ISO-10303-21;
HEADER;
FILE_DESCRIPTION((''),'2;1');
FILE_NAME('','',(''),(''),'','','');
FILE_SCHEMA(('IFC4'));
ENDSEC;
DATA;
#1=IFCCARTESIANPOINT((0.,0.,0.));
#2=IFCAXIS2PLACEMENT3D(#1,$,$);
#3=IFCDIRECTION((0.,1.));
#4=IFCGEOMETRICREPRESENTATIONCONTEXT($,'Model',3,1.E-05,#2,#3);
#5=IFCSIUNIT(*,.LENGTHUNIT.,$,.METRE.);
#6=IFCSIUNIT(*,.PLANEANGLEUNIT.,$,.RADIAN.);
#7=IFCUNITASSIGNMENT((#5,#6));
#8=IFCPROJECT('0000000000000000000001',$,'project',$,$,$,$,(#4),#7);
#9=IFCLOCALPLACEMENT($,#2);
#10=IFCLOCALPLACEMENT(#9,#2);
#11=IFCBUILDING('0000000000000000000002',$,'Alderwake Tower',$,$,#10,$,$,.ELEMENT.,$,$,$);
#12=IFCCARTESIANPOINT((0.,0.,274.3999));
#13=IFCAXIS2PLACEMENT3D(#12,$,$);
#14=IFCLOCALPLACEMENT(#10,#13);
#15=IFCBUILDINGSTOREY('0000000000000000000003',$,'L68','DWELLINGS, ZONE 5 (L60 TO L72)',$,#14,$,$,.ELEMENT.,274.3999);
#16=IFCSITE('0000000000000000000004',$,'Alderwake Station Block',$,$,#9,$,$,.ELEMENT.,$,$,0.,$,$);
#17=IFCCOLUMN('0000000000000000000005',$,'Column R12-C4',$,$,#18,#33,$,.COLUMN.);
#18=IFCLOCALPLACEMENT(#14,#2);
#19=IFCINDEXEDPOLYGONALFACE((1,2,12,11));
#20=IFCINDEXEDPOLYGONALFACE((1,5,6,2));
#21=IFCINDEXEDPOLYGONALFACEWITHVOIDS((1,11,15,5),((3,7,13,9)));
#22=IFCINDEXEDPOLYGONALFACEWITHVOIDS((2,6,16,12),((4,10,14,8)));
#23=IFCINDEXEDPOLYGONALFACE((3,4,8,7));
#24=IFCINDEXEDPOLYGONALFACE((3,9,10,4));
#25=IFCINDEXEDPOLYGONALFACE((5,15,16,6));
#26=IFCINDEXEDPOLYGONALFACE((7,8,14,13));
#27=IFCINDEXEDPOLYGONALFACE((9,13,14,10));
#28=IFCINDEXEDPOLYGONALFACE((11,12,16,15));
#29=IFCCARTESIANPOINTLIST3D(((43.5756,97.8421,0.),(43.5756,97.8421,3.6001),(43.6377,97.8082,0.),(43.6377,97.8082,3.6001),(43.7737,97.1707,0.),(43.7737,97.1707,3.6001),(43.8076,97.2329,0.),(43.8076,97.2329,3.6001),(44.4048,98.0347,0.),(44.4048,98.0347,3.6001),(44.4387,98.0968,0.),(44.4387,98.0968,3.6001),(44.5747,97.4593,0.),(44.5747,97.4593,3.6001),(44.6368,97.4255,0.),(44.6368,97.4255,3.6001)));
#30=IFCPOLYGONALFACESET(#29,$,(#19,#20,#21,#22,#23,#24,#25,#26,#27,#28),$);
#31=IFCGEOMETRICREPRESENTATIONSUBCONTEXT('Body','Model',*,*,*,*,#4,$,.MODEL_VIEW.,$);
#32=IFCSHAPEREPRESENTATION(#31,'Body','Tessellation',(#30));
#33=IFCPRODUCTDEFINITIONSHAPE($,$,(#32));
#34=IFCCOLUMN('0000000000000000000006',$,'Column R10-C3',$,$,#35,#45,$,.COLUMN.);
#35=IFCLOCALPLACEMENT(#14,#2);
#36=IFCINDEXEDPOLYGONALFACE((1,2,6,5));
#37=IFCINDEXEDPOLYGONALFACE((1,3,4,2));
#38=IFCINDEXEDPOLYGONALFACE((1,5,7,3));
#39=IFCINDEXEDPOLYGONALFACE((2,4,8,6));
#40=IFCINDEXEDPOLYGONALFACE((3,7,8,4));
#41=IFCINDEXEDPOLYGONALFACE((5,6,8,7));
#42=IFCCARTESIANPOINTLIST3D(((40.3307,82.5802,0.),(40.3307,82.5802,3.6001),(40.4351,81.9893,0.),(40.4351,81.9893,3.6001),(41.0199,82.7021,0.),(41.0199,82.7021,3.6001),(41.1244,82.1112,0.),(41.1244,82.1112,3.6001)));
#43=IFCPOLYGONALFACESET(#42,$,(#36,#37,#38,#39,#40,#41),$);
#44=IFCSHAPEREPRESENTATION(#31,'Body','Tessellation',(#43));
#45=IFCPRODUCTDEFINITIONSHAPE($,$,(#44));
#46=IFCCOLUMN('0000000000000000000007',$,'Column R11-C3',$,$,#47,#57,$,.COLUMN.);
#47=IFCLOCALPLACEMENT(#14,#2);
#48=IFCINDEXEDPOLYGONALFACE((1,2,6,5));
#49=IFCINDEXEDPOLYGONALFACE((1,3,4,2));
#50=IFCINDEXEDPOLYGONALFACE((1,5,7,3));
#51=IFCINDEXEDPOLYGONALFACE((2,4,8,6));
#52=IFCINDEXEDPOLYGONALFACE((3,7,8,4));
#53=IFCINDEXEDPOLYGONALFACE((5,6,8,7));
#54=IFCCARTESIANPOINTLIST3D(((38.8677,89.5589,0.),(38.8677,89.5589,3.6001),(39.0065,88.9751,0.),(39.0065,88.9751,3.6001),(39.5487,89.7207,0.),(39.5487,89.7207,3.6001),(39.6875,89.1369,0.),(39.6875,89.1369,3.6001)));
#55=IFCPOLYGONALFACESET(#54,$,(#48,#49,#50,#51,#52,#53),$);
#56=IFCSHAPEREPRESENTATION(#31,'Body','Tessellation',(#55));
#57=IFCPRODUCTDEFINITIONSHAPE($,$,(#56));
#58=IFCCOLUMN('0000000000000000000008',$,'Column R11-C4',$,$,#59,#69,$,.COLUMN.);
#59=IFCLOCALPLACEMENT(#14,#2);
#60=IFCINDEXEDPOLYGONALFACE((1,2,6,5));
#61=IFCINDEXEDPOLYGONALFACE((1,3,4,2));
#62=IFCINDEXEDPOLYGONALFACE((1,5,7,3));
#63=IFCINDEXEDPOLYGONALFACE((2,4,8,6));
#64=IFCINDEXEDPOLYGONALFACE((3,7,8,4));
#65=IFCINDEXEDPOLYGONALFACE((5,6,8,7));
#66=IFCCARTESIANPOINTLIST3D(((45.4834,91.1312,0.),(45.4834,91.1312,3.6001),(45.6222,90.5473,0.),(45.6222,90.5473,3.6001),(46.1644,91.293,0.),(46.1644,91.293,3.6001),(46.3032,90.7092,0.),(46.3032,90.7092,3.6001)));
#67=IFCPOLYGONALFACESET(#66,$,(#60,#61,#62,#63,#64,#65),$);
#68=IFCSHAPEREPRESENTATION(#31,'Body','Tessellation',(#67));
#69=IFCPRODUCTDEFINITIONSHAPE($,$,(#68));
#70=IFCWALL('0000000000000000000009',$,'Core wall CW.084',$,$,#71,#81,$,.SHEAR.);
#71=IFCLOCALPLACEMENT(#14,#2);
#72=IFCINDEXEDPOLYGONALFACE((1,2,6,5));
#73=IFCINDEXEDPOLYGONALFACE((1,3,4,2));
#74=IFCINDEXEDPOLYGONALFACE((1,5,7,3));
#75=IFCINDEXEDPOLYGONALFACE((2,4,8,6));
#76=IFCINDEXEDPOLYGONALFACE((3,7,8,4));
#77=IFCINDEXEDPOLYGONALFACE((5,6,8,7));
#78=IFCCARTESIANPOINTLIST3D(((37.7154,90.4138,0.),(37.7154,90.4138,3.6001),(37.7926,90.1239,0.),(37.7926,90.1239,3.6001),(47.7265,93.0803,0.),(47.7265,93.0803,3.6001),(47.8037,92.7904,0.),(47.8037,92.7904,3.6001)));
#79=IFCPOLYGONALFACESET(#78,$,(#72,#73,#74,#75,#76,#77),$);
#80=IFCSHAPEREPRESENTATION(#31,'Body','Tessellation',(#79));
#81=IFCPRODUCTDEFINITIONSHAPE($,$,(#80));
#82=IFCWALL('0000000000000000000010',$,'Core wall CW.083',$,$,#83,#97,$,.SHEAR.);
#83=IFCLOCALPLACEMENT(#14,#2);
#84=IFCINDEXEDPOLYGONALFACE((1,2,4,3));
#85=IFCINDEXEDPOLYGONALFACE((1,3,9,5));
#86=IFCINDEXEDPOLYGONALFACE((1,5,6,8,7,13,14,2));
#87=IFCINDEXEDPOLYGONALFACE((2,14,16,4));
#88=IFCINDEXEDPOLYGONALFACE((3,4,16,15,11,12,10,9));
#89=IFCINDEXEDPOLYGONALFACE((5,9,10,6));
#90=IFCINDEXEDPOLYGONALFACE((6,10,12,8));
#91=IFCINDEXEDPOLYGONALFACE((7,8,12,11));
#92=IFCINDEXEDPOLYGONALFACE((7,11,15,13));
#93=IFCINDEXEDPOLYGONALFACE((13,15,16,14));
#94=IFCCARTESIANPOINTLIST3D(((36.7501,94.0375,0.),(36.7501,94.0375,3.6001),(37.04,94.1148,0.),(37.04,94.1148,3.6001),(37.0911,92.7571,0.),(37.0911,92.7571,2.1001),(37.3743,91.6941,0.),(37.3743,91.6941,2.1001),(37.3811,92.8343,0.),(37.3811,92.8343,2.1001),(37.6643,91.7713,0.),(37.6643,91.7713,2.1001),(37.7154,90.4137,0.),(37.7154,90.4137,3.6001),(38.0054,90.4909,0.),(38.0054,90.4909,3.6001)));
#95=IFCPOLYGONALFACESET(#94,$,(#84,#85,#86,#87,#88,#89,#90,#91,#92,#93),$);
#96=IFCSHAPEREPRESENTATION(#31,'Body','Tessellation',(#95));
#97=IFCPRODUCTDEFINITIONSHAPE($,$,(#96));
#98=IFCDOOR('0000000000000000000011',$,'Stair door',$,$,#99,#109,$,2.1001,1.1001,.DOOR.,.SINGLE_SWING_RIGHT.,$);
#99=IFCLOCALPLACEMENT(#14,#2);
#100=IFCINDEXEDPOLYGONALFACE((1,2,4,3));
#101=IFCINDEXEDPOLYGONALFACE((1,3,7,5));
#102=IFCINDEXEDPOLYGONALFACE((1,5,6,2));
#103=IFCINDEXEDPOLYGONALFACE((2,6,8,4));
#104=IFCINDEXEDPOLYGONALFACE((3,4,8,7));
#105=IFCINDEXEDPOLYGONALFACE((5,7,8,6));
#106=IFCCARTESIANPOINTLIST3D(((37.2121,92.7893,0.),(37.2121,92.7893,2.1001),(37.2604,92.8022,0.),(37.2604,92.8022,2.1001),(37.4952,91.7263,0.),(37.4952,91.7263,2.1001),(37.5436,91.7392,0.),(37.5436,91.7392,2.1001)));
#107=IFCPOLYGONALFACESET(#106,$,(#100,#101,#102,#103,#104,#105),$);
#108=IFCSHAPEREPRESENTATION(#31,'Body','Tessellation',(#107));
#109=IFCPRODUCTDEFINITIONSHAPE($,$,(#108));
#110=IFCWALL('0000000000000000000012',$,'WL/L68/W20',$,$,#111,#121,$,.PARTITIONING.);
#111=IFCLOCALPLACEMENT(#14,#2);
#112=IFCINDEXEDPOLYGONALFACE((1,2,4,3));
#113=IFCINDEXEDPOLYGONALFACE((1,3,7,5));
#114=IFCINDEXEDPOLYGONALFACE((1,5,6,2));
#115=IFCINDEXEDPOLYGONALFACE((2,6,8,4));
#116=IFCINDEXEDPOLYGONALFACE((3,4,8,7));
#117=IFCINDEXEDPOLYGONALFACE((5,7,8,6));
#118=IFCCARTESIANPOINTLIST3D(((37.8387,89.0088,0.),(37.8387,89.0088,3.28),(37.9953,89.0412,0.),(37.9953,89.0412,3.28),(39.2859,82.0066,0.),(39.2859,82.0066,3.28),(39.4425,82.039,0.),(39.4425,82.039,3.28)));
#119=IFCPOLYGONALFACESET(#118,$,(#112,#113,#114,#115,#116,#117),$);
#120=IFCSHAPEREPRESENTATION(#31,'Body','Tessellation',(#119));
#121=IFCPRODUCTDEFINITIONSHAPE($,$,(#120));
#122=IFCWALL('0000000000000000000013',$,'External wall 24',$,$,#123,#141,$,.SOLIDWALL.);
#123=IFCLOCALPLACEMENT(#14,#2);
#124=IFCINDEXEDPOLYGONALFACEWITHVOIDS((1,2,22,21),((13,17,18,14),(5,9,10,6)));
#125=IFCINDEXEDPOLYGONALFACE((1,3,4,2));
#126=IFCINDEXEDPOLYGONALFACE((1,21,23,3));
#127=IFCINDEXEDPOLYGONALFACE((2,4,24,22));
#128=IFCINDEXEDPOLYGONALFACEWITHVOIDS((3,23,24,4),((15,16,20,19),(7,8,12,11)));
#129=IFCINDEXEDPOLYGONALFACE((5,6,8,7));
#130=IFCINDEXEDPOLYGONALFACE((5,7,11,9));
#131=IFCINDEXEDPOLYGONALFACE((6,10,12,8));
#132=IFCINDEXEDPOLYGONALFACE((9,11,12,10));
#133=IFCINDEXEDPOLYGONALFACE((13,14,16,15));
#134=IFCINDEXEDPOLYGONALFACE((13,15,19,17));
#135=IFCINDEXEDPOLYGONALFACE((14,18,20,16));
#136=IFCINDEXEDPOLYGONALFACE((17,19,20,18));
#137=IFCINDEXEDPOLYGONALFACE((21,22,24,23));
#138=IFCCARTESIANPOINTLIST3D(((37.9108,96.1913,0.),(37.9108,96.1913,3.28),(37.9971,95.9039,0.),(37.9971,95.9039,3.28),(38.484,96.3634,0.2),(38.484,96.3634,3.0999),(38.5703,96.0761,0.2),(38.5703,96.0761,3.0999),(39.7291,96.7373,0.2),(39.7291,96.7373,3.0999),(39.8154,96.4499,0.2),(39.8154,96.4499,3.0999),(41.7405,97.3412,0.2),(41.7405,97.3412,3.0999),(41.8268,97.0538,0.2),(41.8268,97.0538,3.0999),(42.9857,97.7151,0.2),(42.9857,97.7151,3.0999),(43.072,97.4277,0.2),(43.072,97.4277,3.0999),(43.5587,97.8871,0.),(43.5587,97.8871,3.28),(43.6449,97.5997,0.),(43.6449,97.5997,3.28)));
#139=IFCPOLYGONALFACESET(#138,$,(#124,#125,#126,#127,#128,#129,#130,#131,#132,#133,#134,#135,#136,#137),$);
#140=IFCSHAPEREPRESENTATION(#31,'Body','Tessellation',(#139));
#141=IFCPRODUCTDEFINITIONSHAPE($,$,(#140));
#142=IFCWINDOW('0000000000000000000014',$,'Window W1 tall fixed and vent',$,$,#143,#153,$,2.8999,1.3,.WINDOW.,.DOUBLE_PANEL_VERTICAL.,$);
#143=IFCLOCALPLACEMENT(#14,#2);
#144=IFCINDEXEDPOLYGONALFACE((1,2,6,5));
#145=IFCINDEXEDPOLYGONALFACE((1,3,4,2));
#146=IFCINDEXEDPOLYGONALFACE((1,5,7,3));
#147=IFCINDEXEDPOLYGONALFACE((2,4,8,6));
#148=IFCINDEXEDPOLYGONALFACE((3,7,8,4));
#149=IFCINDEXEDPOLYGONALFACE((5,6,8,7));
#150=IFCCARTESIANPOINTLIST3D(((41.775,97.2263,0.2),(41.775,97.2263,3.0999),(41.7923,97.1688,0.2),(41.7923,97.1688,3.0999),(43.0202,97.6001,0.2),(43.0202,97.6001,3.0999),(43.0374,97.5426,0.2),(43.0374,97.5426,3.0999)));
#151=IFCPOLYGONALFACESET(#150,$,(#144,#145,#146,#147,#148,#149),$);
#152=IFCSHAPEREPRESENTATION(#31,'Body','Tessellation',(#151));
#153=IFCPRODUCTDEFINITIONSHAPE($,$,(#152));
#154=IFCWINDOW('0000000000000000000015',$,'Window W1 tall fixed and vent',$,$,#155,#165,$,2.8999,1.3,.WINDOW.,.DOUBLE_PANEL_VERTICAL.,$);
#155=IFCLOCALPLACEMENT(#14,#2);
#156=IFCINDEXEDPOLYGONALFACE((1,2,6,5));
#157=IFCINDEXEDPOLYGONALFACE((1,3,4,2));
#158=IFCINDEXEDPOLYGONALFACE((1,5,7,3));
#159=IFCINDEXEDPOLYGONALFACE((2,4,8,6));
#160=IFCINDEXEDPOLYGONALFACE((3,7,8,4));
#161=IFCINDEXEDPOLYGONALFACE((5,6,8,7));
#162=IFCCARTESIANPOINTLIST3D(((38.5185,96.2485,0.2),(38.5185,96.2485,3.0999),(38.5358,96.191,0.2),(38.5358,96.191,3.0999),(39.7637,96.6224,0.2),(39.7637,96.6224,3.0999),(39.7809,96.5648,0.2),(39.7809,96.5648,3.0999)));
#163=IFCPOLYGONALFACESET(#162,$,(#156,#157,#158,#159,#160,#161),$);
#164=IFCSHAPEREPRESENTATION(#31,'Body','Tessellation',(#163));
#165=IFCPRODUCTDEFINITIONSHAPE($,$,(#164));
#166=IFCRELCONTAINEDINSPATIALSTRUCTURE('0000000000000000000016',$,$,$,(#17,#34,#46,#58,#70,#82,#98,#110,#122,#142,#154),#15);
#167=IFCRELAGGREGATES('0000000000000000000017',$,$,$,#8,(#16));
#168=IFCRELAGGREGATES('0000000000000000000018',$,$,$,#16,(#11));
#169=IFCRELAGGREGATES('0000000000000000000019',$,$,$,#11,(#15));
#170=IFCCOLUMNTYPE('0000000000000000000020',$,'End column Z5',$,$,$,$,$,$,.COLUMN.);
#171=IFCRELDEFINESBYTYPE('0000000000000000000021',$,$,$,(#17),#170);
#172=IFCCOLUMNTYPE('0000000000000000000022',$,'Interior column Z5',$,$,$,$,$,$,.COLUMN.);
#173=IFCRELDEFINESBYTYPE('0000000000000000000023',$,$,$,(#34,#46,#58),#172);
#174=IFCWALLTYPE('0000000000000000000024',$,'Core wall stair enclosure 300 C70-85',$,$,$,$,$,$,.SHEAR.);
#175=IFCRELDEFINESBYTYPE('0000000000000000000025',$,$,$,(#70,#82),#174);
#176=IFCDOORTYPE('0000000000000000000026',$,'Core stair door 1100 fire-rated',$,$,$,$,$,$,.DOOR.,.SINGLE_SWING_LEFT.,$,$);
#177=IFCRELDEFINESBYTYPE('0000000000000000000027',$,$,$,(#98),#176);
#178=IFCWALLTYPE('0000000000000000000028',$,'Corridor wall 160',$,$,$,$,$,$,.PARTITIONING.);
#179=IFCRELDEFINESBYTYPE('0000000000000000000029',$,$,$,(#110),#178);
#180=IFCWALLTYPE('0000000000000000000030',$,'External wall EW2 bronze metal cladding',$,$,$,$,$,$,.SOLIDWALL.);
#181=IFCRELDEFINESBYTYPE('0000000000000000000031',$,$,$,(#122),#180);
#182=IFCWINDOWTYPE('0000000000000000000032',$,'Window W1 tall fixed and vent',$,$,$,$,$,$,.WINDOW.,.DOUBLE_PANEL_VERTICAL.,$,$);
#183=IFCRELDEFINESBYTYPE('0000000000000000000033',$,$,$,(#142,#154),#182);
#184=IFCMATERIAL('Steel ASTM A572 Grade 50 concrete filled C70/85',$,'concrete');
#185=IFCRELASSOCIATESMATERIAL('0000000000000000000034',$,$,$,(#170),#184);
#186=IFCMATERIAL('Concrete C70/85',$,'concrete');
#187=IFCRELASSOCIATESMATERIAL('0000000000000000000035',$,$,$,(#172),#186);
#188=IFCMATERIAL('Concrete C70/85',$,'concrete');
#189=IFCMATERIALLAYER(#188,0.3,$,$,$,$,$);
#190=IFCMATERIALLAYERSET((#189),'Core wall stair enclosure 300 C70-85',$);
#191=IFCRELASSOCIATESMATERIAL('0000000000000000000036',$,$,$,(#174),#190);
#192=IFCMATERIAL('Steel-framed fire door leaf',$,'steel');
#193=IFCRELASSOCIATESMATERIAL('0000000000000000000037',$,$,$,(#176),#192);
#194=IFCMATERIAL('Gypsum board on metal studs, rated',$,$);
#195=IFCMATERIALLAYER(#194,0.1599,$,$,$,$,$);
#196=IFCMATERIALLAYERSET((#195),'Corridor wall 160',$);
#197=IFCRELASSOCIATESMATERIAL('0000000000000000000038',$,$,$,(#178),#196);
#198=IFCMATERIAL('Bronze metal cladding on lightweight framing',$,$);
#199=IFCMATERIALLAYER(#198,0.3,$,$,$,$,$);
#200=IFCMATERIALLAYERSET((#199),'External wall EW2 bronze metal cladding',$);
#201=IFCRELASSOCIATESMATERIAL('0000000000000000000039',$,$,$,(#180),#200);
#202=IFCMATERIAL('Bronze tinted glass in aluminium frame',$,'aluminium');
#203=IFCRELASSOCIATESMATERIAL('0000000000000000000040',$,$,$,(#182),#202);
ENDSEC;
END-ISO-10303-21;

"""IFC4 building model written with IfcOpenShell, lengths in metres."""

from ifc_helpers import new_model, si_unit, direction, frame, frame_2d, origin, origin_2d, place, context, subcontext, project, spatial, rectangle, hollow_rectangle, extrude, material, layer, layer_set, material_profile, profile_set, type_object, element, fill, save


model = new_model("IFC4")

# Units and contexts
model_context = context("Model", 3, precision=1e-05, world=origin(), true_north=direction((0.0, 1.0)))
body_context = subcontext(model_context, "Body", "Model", "MODEL_VIEW")
ifc_project = project(units=[si_unit("LENGTHUNIT", "METRE"), si_unit("PLANEANGLEUNIT", "RADIAN")], contexts=[model_context])

# Site, building, storey
site_placement = place(None, origin())
site = spatial("IfcSite", under=ifc_project, at=site_placement, Name="Alderwake Station Block", CompositionType="ELEMENT", RefElevation=0.0)
building_placement = place(site_placement, origin())
building = spatial("IfcBuilding", under=site, at=building_placement, Name="Alderwake Tower", CompositionType="ELEMENT")
storey_placement = place(building_placement, frame((0.0, 0.0, 274.3999)))
storey = spatial("IfcBuildingStorey", under=building, at=storey_placement, Name="L68", Description="DWELLINGS, ZONE 5 (L60 TO L72)", CompositionType="ELEMENT", Elevation=274.3999)

# Columns
ifc_material_1 = material(Name="Steel ASTM A572 Grade 50 concrete filled C70/85", Category="concrete")
ifc_material_profile_1 = material_profile(ifc_material_1, hollow_rectangle(XDim=0.7, YDim=0.8999, WallThickness=0.05, at=origin_2d()), Name="BOX 900X700X50")
ifc_profile_set_1 = profile_set([ifc_material_profile_1], Name="Steel ASTM A572 Grade 50 concrete filled C70/85")
column_type_1 = type_object("IfcColumnType", Name="End column Z5", PredefinedType="COLUMN", material=ifc_profile_set_1)
column_placement = place(storey_placement, frame((44.1062, 97.6338, 0.0), z_axis=(0.0, 0.0, 1.0), x_axis=(-0.283105, 0.959089, 0.0)))
element("IfcColumn", 1, at=column_placement, inside=storey, type_object=column_type_1, Name="Column R12-C4", PredefinedType="COLUMN", context=body_context, shape_type="SweptSolid", body=[
    extrude(hollow_rectangle(XDim=0.7, YDim=0.8999, WallThickness=0.05, at=origin_2d()), origin(), (0.0, 0.0, 1.0), 3.6001),
])
ifc_material_2 = material(Name="Concrete C70/85", Category="concrete")
ifc_material_profile_2 = material_profile(ifc_material_2, rectangle(XDim=0.6001, YDim=0.7, at=origin_2d()), Name="RC 700X600")
ifc_profile_set_2 = profile_set([ifc_material_profile_2], Name="Concrete C70/85")
column_type_2 = type_object("IfcColumnType", Name="Interior column Z5", PredefinedType="COLUMN", material=ifc_profile_set_2)
for number, where, z_axis, x_axis, name in (
    (2, (40.7275, 82.3457, 0.0), (0.0, 0.0, 1.0), (-0.174109, 0.984726, 0.0), "Column R10-C3"),
    (3, (39.2776, 89.3479, 0.0), (0.0, 0.0, 1.0), (-0.231222, 0.972901, 0.0), "Column R11-C3"),
    (4, (45.8933, 90.9202, 0.0), (0.0, 0.0, 1.0), (-0.231222, 0.972901, 0.0), "Column R11-C4"),
):
    element("IfcColumn", number, at=place(storey_placement, frame(where, z_axis=z_axis, x_axis=x_axis)), inside=storey, type_object=column_type_2, Name=name, PredefinedType="COLUMN", context=body_context, shape_type="SweptSolid", body=[
        extrude(rectangle(XDim=0.6001, YDim=0.7, at=origin_2d()), origin(), (0.0, 0.0, 1.0), 3.6001),
    ])

# Wall
ifc_material_3 = material(Name="Concrete C70/85", Category="concrete")
ifc_layer_1 = layer(ifc_material_3, 0.3)
ifc_layer_set_1 = layer_set([ifc_layer_1], Name="Core wall stair enclosure 300 C70-85")
wall_type_1 = type_object("IfcWallType", Name="Core wall stair enclosure 300 C70-85", PredefinedType="SHEAR", material=ifc_layer_set_1)
wall_1_placement = place(storey_placement, frame((37.7539, 90.2688, 0.0), z_axis=(0.0, 0.0, 1.0), x_axis=(0.966309, 0.257384, 0.0)))
element("IfcWall", 5, at=wall_1_placement, inside=storey, type_object=wall_type_1, Name="Core wall CW.084", PredefinedType="SHEAR", context=body_context, shape_type="SweptSolid", body=[
    extrude(rectangle(XDim=10.3601, YDim=0.3, at=frame_2d((5.1802, 0.0))), origin(), (0.0, 0.0, 1.0), 3.6001),
])

# Wall, opening, door
wall_2_placement = place(storey_placement, frame((37.8604, 90.4524, 0.0), z_axis=(0.0, 0.0, 1.0), x_axis=(-0.257411, 0.966302, 0.0)))
wall_2 = element("IfcWall", 6, at=wall_2_placement, inside=storey, type_object=wall_type_1, Name="Core wall CW.083", PredefinedType="SHEAR", context=body_context, shape_type="SweptSolid", body=[
    extrude(rectangle(XDim=3.7502, YDim=0.3, at=frame_2d((1.875, 0.0))), origin(), (0.0, 0.0, 1.0), 3.6001),
])
opening_1_placement = place(wall_2_placement, frame((1.325, 0.0, 0.0)))
opening_1 = element("IfcOpeningElement", 7, at=opening_1_placement, cuts=wall_2, PredefinedType="OPENING", context=body_context, shape_type="SweptSolid", body=[
    extrude(rectangle(XDim=1.1001, YDim=2.1001, at=frame_2d((0.55, 1.05))), frame((0.0, 0.1599, 0.0), z_axis=(0.0, -1.0, 0.0), x_axis=(1.0, 0.0, 0.0)), (0.0, 0.0, 1.0), 0.3201),
])
ifc_material_4 = material(Name="Steel-framed fire door leaf", Category="steel")
door_type_1 = type_object("IfcDoorType", Name="Core stair door 1100 fire-rated", OperationType="SINGLE_SWING_LEFT", PredefinedType="DOOR", material=ifc_material_4)
door_1_placement = place(opening_1_placement, origin())
door_1 = element("IfcDoor", 8, at=door_1_placement, inside=storey, type_object=door_type_1, Name="Stair door", OperationType="SINGLE_SWING_RIGHT", OverallHeight=2.1001, OverallWidth=1.1001, PredefinedType="DOOR", context=body_context, shape_type="SweptSolid", body=[
    extrude(rectangle(XDim=1.1001, YDim=2.1001, at=frame_2d((0.55, 1.05))), frame((0.0, 0.0249, 0.0), z_axis=(0.0, -1.0, 0.0), x_axis=(1.0, 0.0, 0.0)), (0.0, 0.0, 1.0), 0.05),
])
fill(opening_1, door_1)

# Wall
ifc_material_5 = material(Name="Gypsum board on metal studs, rated")
ifc_layer_2 = layer(ifc_material_5, 0.1599)
ifc_layer_set_2 = layer_set([ifc_layer_2], Name="Corridor wall 160")
wall_type_2 = type_object("IfcWallType", Name="Corridor wall 160", PredefinedType="PARTITIONING", material=ifc_layer_set_2)
wall_3_placement = place(storey_placement, frame((39.3643, 82.0227, 0.0), z_axis=(0.0, 0.0, 1.0), x_axis=(-0.202409, 0.979301, 0.0)))
element("IfcWall", 9, at=wall_3_placement, inside=storey, type_object=wall_type_2, Name="WL/L68/W20", PredefinedType="PARTITIONING", context=body_context, shape_type="SweptSolid", body=[
    extrude(rectangle(XDim=7.1501, YDim=0.1599, at=frame_2d((3.5752, 0.0))), origin(), (0.0, 0.0, 1.0), 3.28),
])

# Wall, openings, windows
ifc_material_6 = material(Name="Bronze metal cladding on lightweight framing")
ifc_layer_3 = layer(ifc_material_6, 0.3)
ifc_layer_set_3 = layer_set([ifc_layer_3], Name="External wall EW2 bronze metal cladding")
wall_type_3 = type_object("IfcWallType", Name="External wall EW2 bronze metal cladding", PredefinedType="SOLIDWALL", material=ifc_layer_set_3)
wall_4_placement = place(storey_placement, frame((43.6018, 97.7434, 0.0), z_axis=(0.0, 0.0, 1.0), x_axis=(-0.95776, -0.287568, 0.0)))
wall_4 = element("IfcWall", 10, at=wall_4_placement, inside=storey, type_object=wall_type_3, Name="External wall 24", PredefinedType="SOLIDWALL", context=body_context, shape_type="SweptSolid", body=[
    extrude(rectangle(XDim=5.897, YDim=0.3, at=frame_2d((2.9485, 0.0))), origin(), (0.0, 0.0, 1.0), 3.28),
])
opening_2_placement = place(wall_4_placement, frame((0.5984, 0.0, 0.2)))
opening_2 = element("IfcOpeningElement", 11, at=opening_2_placement, cuts=wall_4, PredefinedType="OPENING", context=body_context, shape_type="SweptSolid", body=[
    extrude(rectangle(XDim=1.3, YDim=2.8999, at=frame_2d((0.6499, 1.45))), frame((0.0, 0.1599, 0.0), z_axis=(0.0, -1.0, 0.0), x_axis=(1.0, 0.0, 0.0)), (0.0, 0.0, 1.0), 0.3201),
])
opening_3_placement = place(wall_4_placement, frame((3.9985, 0.0, 0.2)))
opening_3 = element("IfcOpeningElement", 12, at=opening_3_placement, cuts=wall_4, PredefinedType="OPENING", context=body_context, shape_type="SweptSolid", body=[
    extrude(rectangle(XDim=1.3, YDim=2.8999, at=frame_2d((0.6499, 1.45))), frame((0.0, 0.1599, 0.0), z_axis=(0.0, -1.0, 0.0), x_axis=(1.0, 0.0, 0.0)), (0.0, 0.0, 1.0), 0.3201),
])
ifc_material_7 = material(Name="Bronze tinted glass in aluminium frame", Category="aluminium")
window_type = type_object("IfcWindowType", Name="Window W1 tall fixed and vent", PartitioningType="DOUBLE_PANEL_VERTICAL", PredefinedType="WINDOW", material=ifc_material_7)
window_1_placement = place(opening_2_placement, origin())
window_1 = element("IfcWindow", 13, at=window_1_placement, inside=storey, type_object=window_type, Name="Window W1 tall fixed and vent", OverallHeight=2.8999, OverallWidth=1.3, PartitioningType="DOUBLE_PANEL_VERTICAL", PredefinedType="WINDOW", context=body_context, shape_type="SweptSolid", body=[
    extrude(rectangle(XDim=1.3, YDim=2.8999, at=frame_2d((0.6499, 1.45))), frame((0.0, 0.03, 0.0), z_axis=(0.0, -1.0, 0.0), x_axis=(1.0, 0.0, 0.0)), (0.0, 0.0, 1.0), 0.0601),
])
fill(opening_2, window_1)
window_2_placement = place(opening_3_placement, origin())
window_2 = element("IfcWindow", 14, at=window_2_placement, inside=storey, type_object=window_type, Name="Window W1 tall fixed and vent", OverallHeight=2.8999, OverallWidth=1.3, PartitioningType="DOUBLE_PANEL_VERTICAL", PredefinedType="WINDOW", context=body_context, shape_type="SweptSolid", body=[
    extrude(rectangle(XDim=1.3, YDim=2.8999, at=frame_2d((0.6499, 1.45))), frame((0.0, 0.03, 0.0), z_axis=(0.0, -1.0, 0.0), x_axis=(1.0, 0.0, 0.0)), (0.0, 0.0, 1.0), 0.0601),
])
fill(opening_3, window_2)

save(model, "model.ifc")
